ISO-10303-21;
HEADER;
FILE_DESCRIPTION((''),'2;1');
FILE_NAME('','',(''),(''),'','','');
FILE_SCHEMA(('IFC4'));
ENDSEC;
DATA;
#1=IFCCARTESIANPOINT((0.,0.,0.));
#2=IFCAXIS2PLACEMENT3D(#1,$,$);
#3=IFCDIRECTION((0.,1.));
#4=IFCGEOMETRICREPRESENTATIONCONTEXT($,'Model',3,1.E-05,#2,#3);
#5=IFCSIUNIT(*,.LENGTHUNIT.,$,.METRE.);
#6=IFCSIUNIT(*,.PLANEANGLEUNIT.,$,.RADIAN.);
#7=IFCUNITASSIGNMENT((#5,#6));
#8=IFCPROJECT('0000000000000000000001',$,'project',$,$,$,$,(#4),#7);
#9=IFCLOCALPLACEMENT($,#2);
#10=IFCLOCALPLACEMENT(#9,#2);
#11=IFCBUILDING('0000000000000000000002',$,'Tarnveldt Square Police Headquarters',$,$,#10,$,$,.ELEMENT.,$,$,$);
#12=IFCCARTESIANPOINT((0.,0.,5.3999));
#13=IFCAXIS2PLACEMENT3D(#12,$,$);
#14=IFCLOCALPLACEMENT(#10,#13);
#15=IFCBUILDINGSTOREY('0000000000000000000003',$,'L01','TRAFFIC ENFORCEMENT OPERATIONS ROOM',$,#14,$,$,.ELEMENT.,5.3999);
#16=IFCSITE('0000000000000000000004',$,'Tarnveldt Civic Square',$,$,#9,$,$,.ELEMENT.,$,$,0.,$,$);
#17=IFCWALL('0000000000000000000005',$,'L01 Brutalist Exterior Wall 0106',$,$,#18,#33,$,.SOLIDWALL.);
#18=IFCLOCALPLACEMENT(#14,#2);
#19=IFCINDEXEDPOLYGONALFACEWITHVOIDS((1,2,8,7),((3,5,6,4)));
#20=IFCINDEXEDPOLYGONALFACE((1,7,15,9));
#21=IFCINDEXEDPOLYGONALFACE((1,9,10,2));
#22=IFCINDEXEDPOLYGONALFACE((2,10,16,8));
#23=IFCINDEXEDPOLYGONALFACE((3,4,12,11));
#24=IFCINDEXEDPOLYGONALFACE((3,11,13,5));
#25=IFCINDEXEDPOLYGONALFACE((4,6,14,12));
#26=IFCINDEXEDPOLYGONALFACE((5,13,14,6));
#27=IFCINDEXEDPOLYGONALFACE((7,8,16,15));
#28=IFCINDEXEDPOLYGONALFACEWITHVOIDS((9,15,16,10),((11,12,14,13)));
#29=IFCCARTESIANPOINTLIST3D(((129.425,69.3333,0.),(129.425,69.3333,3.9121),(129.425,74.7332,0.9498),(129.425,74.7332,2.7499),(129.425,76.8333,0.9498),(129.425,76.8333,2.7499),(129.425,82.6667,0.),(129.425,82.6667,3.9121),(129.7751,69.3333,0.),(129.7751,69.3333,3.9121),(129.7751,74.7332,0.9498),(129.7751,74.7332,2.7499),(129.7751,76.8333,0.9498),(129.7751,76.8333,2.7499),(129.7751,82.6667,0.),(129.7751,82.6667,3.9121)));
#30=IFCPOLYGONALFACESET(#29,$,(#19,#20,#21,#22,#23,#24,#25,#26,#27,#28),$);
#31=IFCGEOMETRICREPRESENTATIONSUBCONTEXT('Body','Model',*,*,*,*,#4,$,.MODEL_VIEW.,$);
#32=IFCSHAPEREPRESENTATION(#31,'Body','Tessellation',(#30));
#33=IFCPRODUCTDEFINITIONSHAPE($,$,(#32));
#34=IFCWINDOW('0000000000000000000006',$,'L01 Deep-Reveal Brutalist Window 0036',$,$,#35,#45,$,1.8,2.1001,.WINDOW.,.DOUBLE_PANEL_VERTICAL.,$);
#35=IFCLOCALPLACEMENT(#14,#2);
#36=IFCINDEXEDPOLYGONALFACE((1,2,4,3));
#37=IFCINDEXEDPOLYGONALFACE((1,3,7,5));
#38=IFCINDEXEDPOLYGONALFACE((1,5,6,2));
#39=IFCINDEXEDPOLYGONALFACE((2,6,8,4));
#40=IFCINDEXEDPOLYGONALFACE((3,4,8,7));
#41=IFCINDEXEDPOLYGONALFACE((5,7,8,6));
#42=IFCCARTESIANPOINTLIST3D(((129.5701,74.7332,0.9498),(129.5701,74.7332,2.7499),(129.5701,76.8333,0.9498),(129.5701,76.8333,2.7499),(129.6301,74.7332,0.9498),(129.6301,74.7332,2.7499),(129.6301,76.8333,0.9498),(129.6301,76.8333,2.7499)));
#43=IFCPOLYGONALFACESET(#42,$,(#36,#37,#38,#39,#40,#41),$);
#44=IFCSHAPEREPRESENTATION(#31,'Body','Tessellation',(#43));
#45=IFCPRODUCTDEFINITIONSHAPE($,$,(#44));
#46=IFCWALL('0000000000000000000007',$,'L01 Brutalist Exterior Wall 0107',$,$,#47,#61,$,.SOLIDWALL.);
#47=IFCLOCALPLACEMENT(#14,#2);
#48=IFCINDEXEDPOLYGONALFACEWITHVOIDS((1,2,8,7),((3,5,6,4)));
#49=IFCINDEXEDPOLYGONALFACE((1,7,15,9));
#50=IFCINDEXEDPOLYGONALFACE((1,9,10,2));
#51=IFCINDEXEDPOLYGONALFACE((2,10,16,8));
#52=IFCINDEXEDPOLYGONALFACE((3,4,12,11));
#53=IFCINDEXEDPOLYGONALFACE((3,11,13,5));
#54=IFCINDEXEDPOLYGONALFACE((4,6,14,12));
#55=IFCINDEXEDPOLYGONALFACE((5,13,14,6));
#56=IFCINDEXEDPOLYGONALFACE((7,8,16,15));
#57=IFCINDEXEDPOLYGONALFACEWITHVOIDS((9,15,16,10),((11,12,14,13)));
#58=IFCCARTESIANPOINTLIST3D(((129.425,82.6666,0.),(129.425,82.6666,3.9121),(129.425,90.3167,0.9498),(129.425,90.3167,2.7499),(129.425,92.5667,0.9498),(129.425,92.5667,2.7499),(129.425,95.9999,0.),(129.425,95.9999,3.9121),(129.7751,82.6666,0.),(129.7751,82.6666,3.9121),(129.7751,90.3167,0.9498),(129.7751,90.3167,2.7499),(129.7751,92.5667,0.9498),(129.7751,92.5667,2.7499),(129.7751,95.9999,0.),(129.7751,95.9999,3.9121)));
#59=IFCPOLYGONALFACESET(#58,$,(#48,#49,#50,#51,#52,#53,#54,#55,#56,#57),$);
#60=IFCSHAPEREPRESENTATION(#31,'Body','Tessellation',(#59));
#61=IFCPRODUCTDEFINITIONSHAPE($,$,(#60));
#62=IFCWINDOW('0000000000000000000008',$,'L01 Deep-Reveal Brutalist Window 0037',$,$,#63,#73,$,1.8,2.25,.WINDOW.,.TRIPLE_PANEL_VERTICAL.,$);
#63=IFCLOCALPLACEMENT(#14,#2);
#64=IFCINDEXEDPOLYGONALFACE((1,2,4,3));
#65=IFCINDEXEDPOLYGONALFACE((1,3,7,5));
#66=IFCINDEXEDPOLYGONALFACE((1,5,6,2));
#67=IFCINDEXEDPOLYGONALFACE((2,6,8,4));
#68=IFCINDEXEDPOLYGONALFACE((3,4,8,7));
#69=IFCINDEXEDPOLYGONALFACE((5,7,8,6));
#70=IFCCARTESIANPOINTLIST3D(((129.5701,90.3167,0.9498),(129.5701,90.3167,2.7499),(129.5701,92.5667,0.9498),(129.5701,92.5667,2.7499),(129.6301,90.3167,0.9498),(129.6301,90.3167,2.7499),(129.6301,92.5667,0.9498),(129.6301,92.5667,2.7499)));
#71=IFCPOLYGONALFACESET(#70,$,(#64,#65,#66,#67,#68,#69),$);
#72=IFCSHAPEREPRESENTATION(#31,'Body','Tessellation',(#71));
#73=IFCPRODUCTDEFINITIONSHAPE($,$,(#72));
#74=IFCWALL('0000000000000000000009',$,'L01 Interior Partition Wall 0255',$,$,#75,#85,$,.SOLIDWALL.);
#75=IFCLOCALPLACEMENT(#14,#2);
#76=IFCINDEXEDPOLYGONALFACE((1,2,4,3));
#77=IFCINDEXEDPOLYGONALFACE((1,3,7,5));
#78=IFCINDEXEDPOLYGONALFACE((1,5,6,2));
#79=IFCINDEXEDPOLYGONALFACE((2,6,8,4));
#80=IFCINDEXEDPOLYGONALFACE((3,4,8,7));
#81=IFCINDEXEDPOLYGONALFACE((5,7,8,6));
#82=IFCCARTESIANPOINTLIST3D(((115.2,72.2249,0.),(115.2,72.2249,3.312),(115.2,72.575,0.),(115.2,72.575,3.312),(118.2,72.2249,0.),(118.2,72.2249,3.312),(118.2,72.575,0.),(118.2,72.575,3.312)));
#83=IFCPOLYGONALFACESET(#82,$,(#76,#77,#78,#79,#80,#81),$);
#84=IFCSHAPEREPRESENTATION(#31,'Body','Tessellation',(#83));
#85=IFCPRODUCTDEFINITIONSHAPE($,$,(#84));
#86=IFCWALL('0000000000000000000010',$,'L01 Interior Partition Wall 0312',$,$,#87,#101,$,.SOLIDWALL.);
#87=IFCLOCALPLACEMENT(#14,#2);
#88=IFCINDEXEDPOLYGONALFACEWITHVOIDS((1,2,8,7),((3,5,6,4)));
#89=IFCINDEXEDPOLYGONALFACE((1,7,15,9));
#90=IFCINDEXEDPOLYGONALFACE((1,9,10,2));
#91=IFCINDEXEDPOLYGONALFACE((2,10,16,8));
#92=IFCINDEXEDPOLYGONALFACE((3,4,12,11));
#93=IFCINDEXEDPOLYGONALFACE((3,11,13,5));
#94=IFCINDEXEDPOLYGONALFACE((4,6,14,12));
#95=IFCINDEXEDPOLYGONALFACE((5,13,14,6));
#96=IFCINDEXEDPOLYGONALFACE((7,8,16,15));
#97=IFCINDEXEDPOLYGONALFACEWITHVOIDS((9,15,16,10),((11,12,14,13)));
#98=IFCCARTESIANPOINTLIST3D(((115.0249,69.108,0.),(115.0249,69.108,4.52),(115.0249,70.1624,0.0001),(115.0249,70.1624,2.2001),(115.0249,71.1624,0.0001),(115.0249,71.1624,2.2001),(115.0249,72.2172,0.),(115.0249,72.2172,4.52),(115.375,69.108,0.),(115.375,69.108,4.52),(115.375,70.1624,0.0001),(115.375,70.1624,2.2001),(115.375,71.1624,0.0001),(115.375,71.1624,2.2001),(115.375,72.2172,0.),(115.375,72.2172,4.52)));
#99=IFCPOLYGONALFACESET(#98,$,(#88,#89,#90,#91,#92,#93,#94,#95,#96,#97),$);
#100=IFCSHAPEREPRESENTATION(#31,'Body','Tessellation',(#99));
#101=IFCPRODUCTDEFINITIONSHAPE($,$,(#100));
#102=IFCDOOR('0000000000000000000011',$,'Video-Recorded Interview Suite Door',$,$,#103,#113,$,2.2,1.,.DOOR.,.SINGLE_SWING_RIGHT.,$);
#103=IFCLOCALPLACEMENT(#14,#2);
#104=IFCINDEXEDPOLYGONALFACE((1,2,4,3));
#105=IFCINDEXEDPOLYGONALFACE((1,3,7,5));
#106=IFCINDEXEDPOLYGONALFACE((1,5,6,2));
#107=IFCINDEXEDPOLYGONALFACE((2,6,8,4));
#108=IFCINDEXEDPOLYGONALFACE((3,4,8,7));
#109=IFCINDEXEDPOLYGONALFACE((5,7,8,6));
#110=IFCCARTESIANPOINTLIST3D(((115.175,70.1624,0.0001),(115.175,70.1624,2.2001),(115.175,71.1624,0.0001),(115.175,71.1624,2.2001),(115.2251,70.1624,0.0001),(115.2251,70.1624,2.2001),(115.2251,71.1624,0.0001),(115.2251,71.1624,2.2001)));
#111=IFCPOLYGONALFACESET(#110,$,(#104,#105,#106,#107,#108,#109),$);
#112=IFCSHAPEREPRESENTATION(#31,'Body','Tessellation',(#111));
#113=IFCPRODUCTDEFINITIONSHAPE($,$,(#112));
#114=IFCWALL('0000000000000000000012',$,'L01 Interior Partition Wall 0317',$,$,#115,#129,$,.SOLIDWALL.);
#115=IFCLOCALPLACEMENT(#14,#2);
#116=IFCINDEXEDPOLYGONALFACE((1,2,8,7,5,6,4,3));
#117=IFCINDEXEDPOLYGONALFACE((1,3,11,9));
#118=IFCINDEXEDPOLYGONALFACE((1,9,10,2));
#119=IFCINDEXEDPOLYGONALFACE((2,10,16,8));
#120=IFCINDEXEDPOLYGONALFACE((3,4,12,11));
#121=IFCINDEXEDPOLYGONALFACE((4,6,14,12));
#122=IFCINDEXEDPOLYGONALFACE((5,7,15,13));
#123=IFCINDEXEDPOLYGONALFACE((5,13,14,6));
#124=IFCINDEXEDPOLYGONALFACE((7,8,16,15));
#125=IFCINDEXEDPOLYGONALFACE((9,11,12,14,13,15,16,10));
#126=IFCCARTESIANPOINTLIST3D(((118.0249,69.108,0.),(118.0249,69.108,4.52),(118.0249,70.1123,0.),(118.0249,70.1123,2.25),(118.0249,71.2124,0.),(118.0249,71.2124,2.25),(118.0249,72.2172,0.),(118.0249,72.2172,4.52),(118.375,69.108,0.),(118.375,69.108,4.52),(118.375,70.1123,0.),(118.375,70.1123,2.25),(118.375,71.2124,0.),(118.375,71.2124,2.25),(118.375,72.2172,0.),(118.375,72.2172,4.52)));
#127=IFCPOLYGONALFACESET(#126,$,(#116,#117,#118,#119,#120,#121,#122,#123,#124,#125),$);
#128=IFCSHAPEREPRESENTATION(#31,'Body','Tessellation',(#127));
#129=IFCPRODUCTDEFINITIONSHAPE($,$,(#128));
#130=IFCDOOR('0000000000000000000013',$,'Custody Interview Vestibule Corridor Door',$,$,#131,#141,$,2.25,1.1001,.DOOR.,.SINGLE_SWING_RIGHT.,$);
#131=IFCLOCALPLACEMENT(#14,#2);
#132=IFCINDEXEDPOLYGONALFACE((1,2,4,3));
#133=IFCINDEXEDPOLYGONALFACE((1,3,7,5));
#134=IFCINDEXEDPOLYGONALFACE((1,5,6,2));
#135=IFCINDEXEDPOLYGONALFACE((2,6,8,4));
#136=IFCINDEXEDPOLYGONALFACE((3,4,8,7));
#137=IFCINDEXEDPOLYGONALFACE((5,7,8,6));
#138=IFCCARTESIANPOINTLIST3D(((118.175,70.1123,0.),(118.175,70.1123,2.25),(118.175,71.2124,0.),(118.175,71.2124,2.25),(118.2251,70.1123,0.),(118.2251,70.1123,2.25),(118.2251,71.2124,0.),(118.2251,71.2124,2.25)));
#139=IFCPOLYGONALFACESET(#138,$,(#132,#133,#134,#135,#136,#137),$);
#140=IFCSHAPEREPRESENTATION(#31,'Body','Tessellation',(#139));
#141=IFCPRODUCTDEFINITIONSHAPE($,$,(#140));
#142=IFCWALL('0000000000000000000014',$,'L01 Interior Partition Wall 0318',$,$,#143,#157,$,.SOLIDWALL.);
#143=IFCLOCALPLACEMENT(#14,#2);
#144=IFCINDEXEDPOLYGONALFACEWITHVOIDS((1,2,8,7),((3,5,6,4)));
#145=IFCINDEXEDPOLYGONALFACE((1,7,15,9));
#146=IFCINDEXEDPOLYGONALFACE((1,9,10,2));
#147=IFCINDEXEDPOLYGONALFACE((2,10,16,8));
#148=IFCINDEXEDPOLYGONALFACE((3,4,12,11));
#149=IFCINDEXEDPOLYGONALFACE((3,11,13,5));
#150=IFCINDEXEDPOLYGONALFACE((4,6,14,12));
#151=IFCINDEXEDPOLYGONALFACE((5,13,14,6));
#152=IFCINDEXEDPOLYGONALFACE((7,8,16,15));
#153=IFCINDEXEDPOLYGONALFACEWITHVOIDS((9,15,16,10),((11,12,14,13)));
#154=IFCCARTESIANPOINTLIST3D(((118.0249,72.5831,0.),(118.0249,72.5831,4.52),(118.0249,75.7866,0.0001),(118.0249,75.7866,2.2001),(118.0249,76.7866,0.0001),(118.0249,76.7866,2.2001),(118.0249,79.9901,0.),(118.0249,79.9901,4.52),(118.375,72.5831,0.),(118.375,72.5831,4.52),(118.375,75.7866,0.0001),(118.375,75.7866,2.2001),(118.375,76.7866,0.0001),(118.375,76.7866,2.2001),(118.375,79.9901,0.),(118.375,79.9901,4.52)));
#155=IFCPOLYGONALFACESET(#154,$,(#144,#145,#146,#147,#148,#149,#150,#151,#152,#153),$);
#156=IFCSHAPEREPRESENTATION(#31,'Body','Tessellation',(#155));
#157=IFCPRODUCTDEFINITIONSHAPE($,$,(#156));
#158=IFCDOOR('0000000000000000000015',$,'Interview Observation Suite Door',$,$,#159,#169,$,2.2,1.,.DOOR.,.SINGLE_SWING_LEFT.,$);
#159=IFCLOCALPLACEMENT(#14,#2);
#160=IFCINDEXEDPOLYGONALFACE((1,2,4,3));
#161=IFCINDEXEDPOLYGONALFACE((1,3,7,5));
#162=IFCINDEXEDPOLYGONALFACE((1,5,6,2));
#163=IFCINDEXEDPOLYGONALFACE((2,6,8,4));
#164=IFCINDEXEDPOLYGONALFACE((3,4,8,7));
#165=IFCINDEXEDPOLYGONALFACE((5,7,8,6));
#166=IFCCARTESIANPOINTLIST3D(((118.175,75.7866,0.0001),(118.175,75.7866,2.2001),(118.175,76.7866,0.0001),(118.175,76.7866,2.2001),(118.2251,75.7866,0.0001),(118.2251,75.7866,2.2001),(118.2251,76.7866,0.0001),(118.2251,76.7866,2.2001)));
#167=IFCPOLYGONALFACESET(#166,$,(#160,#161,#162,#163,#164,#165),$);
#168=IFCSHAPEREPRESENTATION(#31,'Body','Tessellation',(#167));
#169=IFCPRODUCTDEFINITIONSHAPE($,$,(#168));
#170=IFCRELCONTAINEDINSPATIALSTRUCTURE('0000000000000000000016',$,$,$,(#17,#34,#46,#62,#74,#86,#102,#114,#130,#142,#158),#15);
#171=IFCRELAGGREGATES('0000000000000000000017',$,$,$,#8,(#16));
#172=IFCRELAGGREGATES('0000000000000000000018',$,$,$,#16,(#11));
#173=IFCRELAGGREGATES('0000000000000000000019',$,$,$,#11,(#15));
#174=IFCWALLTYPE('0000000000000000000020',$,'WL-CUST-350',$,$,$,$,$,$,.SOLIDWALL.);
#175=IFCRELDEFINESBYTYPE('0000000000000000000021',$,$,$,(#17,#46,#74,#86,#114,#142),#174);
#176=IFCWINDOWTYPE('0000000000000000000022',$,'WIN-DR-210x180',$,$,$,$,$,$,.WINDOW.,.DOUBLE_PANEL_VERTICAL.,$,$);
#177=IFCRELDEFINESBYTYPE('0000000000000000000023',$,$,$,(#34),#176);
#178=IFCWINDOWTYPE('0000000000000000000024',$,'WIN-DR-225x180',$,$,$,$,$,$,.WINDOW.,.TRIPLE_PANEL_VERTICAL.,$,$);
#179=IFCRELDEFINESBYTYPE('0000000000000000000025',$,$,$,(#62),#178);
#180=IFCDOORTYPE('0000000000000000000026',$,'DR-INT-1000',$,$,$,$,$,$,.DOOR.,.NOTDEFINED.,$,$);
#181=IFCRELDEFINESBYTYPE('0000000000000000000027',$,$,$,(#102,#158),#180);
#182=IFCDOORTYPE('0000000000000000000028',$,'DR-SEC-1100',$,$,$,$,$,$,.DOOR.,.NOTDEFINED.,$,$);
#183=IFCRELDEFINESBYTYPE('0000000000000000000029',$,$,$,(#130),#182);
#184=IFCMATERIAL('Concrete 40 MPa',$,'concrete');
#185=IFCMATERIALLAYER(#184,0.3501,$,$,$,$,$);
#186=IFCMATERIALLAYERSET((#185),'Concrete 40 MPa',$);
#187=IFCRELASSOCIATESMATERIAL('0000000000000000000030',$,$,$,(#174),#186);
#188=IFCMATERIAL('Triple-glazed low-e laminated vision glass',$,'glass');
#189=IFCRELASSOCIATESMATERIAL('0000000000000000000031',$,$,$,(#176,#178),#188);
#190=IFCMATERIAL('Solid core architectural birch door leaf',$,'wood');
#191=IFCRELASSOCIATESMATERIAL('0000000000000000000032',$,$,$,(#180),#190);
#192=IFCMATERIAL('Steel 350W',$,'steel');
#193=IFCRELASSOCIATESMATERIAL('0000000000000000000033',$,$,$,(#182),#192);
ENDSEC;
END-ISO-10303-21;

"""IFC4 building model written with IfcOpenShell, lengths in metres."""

from ifc_helpers import new_model, si_unit, direction, frame, frame_2d, origin, place, context, subcontext, project, spatial, rectangle, extrude, material, layer, layer_set, type_object, element, fill, save


model = new_model("IFC4")

# Units and contexts
model_context = context("Model", 3, precision=1e-05, world=origin(), true_north=direction((0.0, 1.0)))
body_context = subcontext(model_context, "Body", "Model", "MODEL_VIEW")
ifc_project = project(units=[si_unit("LENGTHUNIT", "METRE"), si_unit("PLANEANGLEUNIT", "RADIAN")], contexts=[model_context])

# Site, building, storey
site_placement = place(None, origin())
site = spatial("IfcSite", under=ifc_project, at=site_placement, Name="Tarnveldt Civic Square", CompositionType="ELEMENT", RefElevation=0.0)
building_placement = place(site_placement, origin())
building = spatial("IfcBuilding", under=site, at=building_placement, Name="Tarnveldt Square Police Headquarters", CompositionType="ELEMENT")
storey_placement = place(building_placement, frame((0.0, 0.0, 5.3999)))
storey = spatial("IfcBuildingStorey", under=building, at=storey_placement, Name="L01", Description="TRAFFIC ENFORCEMENT OPERATIONS ROOM", CompositionType="ELEMENT", Elevation=5.3999)

# Shared definitions
ifc_material_1 = material(Name="Concrete 40 MPa", Category="concrete")

# Shared definitions
ifc_material_2 = material(Name="Steel 350W", Category="steel")

# Walls, openings, windows
ifc_layer_1 = layer(ifc_material_1, 0.3501)
ifc_layer_set_1 = layer_set([ifc_layer_1], Name="Concrete 40 MPa")
wall_type_1 = type_object("IfcWallType", Name="WL-CUST-350", PredefinedType="SOLIDWALL", material=ifc_layer_set_1)
wall_1_placement = place(storey_placement, frame((129.6001, 69.3333, 0.0), z_axis=(0.0, 0.0, 1.0), x_axis=(0.0, 1.0, 0.0)))
wall_1 = element("IfcWall", 1, at=wall_1_placement, inside=storey, type_object=wall_type_1, Name="L01 Brutalist Exterior Wall 0106", PredefinedType="SOLIDWALL", context=body_context, shape_type="SweptSolid", body=[
    extrude(rectangle(XDim=13.3335, YDim=0.3501, at=frame_2d((6.6667, 0.0))), origin(), (0.0, 0.0, 1.0), 3.9121),
])
opening_1_placement = place(wall_1_placement, frame((5.3999, 0.0, 0.95)))
opening_1 = element("IfcOpeningElement", 2, at=opening_1_placement, cuts=wall_1, PredefinedType="OPENING", context=body_context, shape_type="SweptSolid", body=[
    extrude(rectangle(XDim=2.1001, YDim=1.8, at=frame_2d((1.05, 0.8999))), frame((0.0, 0.1851, 0.0), z_axis=(0.0, -1.0, 0.0), x_axis=(1.0, 0.0, 0.0)), (0.0, 0.0, 1.0), 0.3701),
])
ifc_material_3 = material(Name="Triple-glazed low-e laminated vision glass", Category="glass")
window_type_1 = type_object("IfcWindowType", Name="WIN-DR-210x180", PartitioningType="DOUBLE_PANEL_VERTICAL", PredefinedType="WINDOW", material=ifc_material_3)
window_1_placement = place(opening_1_placement, origin())
window_1 = element("IfcWindow", 3, at=window_1_placement, inside=storey, type_object=window_type_1, Name="L01 Deep-Reveal Brutalist Window 0036", OverallHeight=1.8, OverallWidth=2.1001, PartitioningType="DOUBLE_PANEL_VERTICAL", PredefinedType="WINDOW", context=body_context, shape_type="SweptSolid", body=[
    extrude(rectangle(XDim=2.1001, YDim=1.8, at=frame_2d((1.05, 0.8999))), frame((0.0, 0.03, 0.0), z_axis=(0.0, -1.0, 0.0), x_axis=(1.0, 0.0, 0.0)), (0.0, 0.0, 1.0), 0.0601),
])
fill(opening_1, window_1)
wall_2_placement = place(storey_placement, frame((129.6001, 82.6667, 0.0), z_axis=(0.0, 0.0, 1.0), x_axis=(0.0, 1.0, 0.0)))
wall_2 = element("IfcWall", 4, at=wall_2_placement, inside=storey, type_object=wall_type_1, Name="L01 Brutalist Exterior Wall 0107", PredefinedType="SOLIDWALL", context=body_context, shape_type="SweptSolid", body=[
    extrude(rectangle(XDim=13.3333, YDim=0.3501, at=frame_2d((6.6665, 0.0))), origin(), (0.0, 0.0, 1.0), 3.9121),
])
opening_2_placement = place(wall_2_placement, frame((7.6499, 0.0, 0.95)))
opening_2 = element("IfcOpeningElement", 5, at=opening_2_placement, cuts=wall_2, PredefinedType="OPENING", context=body_context, shape_type="SweptSolid", body=[
    extrude(rectangle(XDim=2.25, YDim=1.8, at=frame_2d((1.125, 0.8999))), frame((0.0, 0.1851, 0.0), z_axis=(0.0, -1.0, 0.0), x_axis=(1.0, 0.0, 0.0)), (0.0, 0.0, 1.0), 0.3701),
])
window_type_2 = type_object("IfcWindowType", Name="WIN-DR-225x180", PartitioningType="TRIPLE_PANEL_VERTICAL", PredefinedType="WINDOW", material=ifc_material_3)
window_2_placement = place(opening_2_placement, origin())
window_2 = element("IfcWindow", 6, at=window_2_placement, inside=storey, type_object=window_type_2, Name="L01 Deep-Reveal Brutalist Window 0037", OverallHeight=1.8, OverallWidth=2.25, PartitioningType="TRIPLE_PANEL_VERTICAL", PredefinedType="WINDOW", context=body_context, shape_type="SweptSolid", body=[
    extrude(rectangle(XDim=2.25, YDim=1.8, at=frame_2d((1.125, 0.8999))), frame((0.0, 0.03, 0.0), z_axis=(0.0, -1.0, 0.0), x_axis=(1.0, 0.0, 0.0)), (0.0, 0.0, 1.0), 0.0601),
])
fill(opening_2, window_2)

# Wall
wall_3_placement = place(storey_placement, frame((115.2, 72.3999, 0.0), z_axis=(0.0, 0.0, 1.0), x_axis=(1.0, 0.0, 0.0)))
element("IfcWall", 7, at=wall_3_placement, inside=storey, type_object=wall_type_1, Name="L01 Interior Partition Wall 0255", PredefinedType="SOLIDWALL", context=body_context, shape_type="SweptSolid", body=[
    extrude(rectangle(XDim=3.0, YDim=0.3501, at=frame_2d((1.5, 0.0))), origin(), (0.0, 0.0, 1.0), 3.312),
])

# Walls, openings, doors
wall_4_placement = place(storey_placement, frame((115.2, 69.1079, 0.0), z_axis=(0.0, 0.0, 1.0), x_axis=(0.0, 1.0, 0.0)))
wall_4 = element("IfcWall", 8, at=wall_4_placement, inside=storey, type_object=wall_type_1, Name="L01 Interior Partition Wall 0312", PredefinedType="SOLIDWALL", context=body_context, shape_type="SweptSolid", body=[
    extrude(rectangle(XDim=3.1091, YDim=0.3501, at=frame_2d((1.5547, 0.0))), origin(), (0.0, 0.0, 1.0), 4.52),
])
opening_3_placement = place(wall_4_placement, frame((1.0544, 0.0, 0.0)))
opening_3 = element("IfcOpeningElement", 9, at=opening_3_placement, cuts=wall_4, PredefinedType="OPENING", context=body_context, shape_type="SweptSolid", body=[
    extrude(rectangle(XDim=1.0, YDim=2.2, at=frame_2d((0.5, 1.1001))), frame((0.0, 0.1851, 0.0), z_axis=(0.0, -1.0, 0.0), x_axis=(1.0, 0.0, 0.0)), (0.0, 0.0, 1.0), 0.3701),
])
ifc_material_4 = material(Name="Solid core architectural birch door leaf", Category="wood")
door_type_1 = type_object("IfcDoorType", Name="DR-INT-1000", OperationType="NOTDEFINED", PredefinedType="DOOR", material=ifc_material_4)
door_1_placement = place(opening_3_placement, origin())
door_1 = element("IfcDoor", 10, at=door_1_placement, inside=storey, type_object=door_type_1, Name="Video-Recorded Interview Suite Door", OperationType="SINGLE_SWING_RIGHT", OverallHeight=2.2, OverallWidth=1.0, PredefinedType="DOOR", context=body_context, shape_type="SweptSolid", body=[
    extrude(rectangle(XDim=1.0, YDim=2.2, at=frame_2d((0.5, 1.1001))), frame((0.0, 0.0249, 0.0), z_axis=(0.0, -1.0, 0.0), x_axis=(1.0, 0.0, 0.0)), (0.0, 0.0, 1.0), 0.05),
])
fill(opening_3, door_1)
wall_5_placement = place(storey_placement, frame((118.2, 69.1079, 0.0), z_axis=(0.0, 0.0, 1.0), x_axis=(0.0, 1.0, 0.0)))
wall_5 = element("IfcWall", 11, at=wall_5_placement, inside=storey, type_object=wall_type_1, Name="L01 Interior Partition Wall 0317", PredefinedType="SOLIDWALL", context=body_context, shape_type="SweptSolid", body=[
    extrude(rectangle(XDim=3.1091, YDim=0.3501, at=frame_2d((1.5547, 0.0))), origin(), (0.0, 0.0, 1.0), 4.52),
])
opening_4_placement = place(wall_5_placement, frame((1.0044, 0.0, 0.0)))
opening_4 = element("IfcOpeningElement", 12, at=opening_4_placement, cuts=wall_5, PredefinedType="OPENING", context=body_context, shape_type="SweptSolid", body=[
    extrude(rectangle(XDim=1.1001, YDim=2.25, at=frame_2d((0.55, 1.125))), frame((0.0, 0.1851, 0.0), z_axis=(0.0, -1.0, 0.0), x_axis=(1.0, 0.0, 0.0)), (0.0, 0.0, 1.0), 0.3701),
])
door_type_2 = type_object("IfcDoorType", Name="DR-SEC-1100", OperationType="NOTDEFINED", PredefinedType="DOOR", material=ifc_material_2)
door_2_placement = place(opening_4_placement, origin())
door_2 = element("IfcDoor", 13, at=door_2_placement, inside=storey, type_object=door_type_2, Name="Custody Interview Vestibule Corridor Door", OperationType="SINGLE_SWING_RIGHT", OverallHeight=2.25, OverallWidth=1.1001, PredefinedType="DOOR", context=body_context, shape_type="SweptSolid", body=[
    extrude(rectangle(XDim=1.1001, YDim=2.25, at=frame_2d((0.55, 1.125))), frame((0.0, 0.0249, 0.0), z_axis=(0.0, -1.0, 0.0), x_axis=(1.0, 0.0, 0.0)), (0.0, 0.0, 1.0), 0.05),
])
fill(opening_4, door_2)
wall_6_placement = place(storey_placement, frame((118.2, 72.583, 0.0), z_axis=(0.0, 0.0, 1.0), x_axis=(0.0, 1.0, 0.0)))
wall_6 = element("IfcWall", 14, at=wall_6_placement, inside=storey, type_object=wall_type_1, Name="L01 Interior Partition Wall 0318", PredefinedType="SOLIDWALL", context=body_context, shape_type="SweptSolid", body=[
    extrude(rectangle(XDim=7.407, YDim=0.3501, at=frame_2d((3.7036, 0.0))), origin(), (0.0, 0.0, 1.0), 4.52),
])
opening_5_placement = place(wall_6_placement, frame((3.2036, 0.0, 0.0)))
opening_5 = element("IfcOpeningElement", 15, at=opening_5_placement, cuts=wall_6, PredefinedType="OPENING", context=body_context, shape_type="SweptSolid", body=[
    extrude(rectangle(XDim=1.0, YDim=2.2, at=frame_2d((0.5, 1.1001))), frame((0.0, 0.1851, 0.0), z_axis=(0.0, -1.0, 0.0), x_axis=(1.0, 0.0, 0.0)), (0.0, 0.0, 1.0), 0.3701),
])
door_3_placement = place(opening_5_placement, origin())
door_3 = element("IfcDoor", 16, at=door_3_placement, inside=storey, type_object=door_type_1, Name="Interview Observation Suite Door", OperationType="SINGLE_SWING_LEFT", OverallHeight=2.2, OverallWidth=1.0, PredefinedType="DOOR", context=body_context, shape_type="SweptSolid", body=[
    extrude(rectangle(XDim=1.0, YDim=2.2, at=frame_2d((0.5, 1.1001))), frame((0.0, 0.0249, 0.0), z_axis=(0.0, -1.0, 0.0), x_axis=(1.0, 0.0, 0.0)), (0.0, 0.0, 1.0), 0.05),
])
fill(opening_5, door_3)

save(model, "model.ifc")
